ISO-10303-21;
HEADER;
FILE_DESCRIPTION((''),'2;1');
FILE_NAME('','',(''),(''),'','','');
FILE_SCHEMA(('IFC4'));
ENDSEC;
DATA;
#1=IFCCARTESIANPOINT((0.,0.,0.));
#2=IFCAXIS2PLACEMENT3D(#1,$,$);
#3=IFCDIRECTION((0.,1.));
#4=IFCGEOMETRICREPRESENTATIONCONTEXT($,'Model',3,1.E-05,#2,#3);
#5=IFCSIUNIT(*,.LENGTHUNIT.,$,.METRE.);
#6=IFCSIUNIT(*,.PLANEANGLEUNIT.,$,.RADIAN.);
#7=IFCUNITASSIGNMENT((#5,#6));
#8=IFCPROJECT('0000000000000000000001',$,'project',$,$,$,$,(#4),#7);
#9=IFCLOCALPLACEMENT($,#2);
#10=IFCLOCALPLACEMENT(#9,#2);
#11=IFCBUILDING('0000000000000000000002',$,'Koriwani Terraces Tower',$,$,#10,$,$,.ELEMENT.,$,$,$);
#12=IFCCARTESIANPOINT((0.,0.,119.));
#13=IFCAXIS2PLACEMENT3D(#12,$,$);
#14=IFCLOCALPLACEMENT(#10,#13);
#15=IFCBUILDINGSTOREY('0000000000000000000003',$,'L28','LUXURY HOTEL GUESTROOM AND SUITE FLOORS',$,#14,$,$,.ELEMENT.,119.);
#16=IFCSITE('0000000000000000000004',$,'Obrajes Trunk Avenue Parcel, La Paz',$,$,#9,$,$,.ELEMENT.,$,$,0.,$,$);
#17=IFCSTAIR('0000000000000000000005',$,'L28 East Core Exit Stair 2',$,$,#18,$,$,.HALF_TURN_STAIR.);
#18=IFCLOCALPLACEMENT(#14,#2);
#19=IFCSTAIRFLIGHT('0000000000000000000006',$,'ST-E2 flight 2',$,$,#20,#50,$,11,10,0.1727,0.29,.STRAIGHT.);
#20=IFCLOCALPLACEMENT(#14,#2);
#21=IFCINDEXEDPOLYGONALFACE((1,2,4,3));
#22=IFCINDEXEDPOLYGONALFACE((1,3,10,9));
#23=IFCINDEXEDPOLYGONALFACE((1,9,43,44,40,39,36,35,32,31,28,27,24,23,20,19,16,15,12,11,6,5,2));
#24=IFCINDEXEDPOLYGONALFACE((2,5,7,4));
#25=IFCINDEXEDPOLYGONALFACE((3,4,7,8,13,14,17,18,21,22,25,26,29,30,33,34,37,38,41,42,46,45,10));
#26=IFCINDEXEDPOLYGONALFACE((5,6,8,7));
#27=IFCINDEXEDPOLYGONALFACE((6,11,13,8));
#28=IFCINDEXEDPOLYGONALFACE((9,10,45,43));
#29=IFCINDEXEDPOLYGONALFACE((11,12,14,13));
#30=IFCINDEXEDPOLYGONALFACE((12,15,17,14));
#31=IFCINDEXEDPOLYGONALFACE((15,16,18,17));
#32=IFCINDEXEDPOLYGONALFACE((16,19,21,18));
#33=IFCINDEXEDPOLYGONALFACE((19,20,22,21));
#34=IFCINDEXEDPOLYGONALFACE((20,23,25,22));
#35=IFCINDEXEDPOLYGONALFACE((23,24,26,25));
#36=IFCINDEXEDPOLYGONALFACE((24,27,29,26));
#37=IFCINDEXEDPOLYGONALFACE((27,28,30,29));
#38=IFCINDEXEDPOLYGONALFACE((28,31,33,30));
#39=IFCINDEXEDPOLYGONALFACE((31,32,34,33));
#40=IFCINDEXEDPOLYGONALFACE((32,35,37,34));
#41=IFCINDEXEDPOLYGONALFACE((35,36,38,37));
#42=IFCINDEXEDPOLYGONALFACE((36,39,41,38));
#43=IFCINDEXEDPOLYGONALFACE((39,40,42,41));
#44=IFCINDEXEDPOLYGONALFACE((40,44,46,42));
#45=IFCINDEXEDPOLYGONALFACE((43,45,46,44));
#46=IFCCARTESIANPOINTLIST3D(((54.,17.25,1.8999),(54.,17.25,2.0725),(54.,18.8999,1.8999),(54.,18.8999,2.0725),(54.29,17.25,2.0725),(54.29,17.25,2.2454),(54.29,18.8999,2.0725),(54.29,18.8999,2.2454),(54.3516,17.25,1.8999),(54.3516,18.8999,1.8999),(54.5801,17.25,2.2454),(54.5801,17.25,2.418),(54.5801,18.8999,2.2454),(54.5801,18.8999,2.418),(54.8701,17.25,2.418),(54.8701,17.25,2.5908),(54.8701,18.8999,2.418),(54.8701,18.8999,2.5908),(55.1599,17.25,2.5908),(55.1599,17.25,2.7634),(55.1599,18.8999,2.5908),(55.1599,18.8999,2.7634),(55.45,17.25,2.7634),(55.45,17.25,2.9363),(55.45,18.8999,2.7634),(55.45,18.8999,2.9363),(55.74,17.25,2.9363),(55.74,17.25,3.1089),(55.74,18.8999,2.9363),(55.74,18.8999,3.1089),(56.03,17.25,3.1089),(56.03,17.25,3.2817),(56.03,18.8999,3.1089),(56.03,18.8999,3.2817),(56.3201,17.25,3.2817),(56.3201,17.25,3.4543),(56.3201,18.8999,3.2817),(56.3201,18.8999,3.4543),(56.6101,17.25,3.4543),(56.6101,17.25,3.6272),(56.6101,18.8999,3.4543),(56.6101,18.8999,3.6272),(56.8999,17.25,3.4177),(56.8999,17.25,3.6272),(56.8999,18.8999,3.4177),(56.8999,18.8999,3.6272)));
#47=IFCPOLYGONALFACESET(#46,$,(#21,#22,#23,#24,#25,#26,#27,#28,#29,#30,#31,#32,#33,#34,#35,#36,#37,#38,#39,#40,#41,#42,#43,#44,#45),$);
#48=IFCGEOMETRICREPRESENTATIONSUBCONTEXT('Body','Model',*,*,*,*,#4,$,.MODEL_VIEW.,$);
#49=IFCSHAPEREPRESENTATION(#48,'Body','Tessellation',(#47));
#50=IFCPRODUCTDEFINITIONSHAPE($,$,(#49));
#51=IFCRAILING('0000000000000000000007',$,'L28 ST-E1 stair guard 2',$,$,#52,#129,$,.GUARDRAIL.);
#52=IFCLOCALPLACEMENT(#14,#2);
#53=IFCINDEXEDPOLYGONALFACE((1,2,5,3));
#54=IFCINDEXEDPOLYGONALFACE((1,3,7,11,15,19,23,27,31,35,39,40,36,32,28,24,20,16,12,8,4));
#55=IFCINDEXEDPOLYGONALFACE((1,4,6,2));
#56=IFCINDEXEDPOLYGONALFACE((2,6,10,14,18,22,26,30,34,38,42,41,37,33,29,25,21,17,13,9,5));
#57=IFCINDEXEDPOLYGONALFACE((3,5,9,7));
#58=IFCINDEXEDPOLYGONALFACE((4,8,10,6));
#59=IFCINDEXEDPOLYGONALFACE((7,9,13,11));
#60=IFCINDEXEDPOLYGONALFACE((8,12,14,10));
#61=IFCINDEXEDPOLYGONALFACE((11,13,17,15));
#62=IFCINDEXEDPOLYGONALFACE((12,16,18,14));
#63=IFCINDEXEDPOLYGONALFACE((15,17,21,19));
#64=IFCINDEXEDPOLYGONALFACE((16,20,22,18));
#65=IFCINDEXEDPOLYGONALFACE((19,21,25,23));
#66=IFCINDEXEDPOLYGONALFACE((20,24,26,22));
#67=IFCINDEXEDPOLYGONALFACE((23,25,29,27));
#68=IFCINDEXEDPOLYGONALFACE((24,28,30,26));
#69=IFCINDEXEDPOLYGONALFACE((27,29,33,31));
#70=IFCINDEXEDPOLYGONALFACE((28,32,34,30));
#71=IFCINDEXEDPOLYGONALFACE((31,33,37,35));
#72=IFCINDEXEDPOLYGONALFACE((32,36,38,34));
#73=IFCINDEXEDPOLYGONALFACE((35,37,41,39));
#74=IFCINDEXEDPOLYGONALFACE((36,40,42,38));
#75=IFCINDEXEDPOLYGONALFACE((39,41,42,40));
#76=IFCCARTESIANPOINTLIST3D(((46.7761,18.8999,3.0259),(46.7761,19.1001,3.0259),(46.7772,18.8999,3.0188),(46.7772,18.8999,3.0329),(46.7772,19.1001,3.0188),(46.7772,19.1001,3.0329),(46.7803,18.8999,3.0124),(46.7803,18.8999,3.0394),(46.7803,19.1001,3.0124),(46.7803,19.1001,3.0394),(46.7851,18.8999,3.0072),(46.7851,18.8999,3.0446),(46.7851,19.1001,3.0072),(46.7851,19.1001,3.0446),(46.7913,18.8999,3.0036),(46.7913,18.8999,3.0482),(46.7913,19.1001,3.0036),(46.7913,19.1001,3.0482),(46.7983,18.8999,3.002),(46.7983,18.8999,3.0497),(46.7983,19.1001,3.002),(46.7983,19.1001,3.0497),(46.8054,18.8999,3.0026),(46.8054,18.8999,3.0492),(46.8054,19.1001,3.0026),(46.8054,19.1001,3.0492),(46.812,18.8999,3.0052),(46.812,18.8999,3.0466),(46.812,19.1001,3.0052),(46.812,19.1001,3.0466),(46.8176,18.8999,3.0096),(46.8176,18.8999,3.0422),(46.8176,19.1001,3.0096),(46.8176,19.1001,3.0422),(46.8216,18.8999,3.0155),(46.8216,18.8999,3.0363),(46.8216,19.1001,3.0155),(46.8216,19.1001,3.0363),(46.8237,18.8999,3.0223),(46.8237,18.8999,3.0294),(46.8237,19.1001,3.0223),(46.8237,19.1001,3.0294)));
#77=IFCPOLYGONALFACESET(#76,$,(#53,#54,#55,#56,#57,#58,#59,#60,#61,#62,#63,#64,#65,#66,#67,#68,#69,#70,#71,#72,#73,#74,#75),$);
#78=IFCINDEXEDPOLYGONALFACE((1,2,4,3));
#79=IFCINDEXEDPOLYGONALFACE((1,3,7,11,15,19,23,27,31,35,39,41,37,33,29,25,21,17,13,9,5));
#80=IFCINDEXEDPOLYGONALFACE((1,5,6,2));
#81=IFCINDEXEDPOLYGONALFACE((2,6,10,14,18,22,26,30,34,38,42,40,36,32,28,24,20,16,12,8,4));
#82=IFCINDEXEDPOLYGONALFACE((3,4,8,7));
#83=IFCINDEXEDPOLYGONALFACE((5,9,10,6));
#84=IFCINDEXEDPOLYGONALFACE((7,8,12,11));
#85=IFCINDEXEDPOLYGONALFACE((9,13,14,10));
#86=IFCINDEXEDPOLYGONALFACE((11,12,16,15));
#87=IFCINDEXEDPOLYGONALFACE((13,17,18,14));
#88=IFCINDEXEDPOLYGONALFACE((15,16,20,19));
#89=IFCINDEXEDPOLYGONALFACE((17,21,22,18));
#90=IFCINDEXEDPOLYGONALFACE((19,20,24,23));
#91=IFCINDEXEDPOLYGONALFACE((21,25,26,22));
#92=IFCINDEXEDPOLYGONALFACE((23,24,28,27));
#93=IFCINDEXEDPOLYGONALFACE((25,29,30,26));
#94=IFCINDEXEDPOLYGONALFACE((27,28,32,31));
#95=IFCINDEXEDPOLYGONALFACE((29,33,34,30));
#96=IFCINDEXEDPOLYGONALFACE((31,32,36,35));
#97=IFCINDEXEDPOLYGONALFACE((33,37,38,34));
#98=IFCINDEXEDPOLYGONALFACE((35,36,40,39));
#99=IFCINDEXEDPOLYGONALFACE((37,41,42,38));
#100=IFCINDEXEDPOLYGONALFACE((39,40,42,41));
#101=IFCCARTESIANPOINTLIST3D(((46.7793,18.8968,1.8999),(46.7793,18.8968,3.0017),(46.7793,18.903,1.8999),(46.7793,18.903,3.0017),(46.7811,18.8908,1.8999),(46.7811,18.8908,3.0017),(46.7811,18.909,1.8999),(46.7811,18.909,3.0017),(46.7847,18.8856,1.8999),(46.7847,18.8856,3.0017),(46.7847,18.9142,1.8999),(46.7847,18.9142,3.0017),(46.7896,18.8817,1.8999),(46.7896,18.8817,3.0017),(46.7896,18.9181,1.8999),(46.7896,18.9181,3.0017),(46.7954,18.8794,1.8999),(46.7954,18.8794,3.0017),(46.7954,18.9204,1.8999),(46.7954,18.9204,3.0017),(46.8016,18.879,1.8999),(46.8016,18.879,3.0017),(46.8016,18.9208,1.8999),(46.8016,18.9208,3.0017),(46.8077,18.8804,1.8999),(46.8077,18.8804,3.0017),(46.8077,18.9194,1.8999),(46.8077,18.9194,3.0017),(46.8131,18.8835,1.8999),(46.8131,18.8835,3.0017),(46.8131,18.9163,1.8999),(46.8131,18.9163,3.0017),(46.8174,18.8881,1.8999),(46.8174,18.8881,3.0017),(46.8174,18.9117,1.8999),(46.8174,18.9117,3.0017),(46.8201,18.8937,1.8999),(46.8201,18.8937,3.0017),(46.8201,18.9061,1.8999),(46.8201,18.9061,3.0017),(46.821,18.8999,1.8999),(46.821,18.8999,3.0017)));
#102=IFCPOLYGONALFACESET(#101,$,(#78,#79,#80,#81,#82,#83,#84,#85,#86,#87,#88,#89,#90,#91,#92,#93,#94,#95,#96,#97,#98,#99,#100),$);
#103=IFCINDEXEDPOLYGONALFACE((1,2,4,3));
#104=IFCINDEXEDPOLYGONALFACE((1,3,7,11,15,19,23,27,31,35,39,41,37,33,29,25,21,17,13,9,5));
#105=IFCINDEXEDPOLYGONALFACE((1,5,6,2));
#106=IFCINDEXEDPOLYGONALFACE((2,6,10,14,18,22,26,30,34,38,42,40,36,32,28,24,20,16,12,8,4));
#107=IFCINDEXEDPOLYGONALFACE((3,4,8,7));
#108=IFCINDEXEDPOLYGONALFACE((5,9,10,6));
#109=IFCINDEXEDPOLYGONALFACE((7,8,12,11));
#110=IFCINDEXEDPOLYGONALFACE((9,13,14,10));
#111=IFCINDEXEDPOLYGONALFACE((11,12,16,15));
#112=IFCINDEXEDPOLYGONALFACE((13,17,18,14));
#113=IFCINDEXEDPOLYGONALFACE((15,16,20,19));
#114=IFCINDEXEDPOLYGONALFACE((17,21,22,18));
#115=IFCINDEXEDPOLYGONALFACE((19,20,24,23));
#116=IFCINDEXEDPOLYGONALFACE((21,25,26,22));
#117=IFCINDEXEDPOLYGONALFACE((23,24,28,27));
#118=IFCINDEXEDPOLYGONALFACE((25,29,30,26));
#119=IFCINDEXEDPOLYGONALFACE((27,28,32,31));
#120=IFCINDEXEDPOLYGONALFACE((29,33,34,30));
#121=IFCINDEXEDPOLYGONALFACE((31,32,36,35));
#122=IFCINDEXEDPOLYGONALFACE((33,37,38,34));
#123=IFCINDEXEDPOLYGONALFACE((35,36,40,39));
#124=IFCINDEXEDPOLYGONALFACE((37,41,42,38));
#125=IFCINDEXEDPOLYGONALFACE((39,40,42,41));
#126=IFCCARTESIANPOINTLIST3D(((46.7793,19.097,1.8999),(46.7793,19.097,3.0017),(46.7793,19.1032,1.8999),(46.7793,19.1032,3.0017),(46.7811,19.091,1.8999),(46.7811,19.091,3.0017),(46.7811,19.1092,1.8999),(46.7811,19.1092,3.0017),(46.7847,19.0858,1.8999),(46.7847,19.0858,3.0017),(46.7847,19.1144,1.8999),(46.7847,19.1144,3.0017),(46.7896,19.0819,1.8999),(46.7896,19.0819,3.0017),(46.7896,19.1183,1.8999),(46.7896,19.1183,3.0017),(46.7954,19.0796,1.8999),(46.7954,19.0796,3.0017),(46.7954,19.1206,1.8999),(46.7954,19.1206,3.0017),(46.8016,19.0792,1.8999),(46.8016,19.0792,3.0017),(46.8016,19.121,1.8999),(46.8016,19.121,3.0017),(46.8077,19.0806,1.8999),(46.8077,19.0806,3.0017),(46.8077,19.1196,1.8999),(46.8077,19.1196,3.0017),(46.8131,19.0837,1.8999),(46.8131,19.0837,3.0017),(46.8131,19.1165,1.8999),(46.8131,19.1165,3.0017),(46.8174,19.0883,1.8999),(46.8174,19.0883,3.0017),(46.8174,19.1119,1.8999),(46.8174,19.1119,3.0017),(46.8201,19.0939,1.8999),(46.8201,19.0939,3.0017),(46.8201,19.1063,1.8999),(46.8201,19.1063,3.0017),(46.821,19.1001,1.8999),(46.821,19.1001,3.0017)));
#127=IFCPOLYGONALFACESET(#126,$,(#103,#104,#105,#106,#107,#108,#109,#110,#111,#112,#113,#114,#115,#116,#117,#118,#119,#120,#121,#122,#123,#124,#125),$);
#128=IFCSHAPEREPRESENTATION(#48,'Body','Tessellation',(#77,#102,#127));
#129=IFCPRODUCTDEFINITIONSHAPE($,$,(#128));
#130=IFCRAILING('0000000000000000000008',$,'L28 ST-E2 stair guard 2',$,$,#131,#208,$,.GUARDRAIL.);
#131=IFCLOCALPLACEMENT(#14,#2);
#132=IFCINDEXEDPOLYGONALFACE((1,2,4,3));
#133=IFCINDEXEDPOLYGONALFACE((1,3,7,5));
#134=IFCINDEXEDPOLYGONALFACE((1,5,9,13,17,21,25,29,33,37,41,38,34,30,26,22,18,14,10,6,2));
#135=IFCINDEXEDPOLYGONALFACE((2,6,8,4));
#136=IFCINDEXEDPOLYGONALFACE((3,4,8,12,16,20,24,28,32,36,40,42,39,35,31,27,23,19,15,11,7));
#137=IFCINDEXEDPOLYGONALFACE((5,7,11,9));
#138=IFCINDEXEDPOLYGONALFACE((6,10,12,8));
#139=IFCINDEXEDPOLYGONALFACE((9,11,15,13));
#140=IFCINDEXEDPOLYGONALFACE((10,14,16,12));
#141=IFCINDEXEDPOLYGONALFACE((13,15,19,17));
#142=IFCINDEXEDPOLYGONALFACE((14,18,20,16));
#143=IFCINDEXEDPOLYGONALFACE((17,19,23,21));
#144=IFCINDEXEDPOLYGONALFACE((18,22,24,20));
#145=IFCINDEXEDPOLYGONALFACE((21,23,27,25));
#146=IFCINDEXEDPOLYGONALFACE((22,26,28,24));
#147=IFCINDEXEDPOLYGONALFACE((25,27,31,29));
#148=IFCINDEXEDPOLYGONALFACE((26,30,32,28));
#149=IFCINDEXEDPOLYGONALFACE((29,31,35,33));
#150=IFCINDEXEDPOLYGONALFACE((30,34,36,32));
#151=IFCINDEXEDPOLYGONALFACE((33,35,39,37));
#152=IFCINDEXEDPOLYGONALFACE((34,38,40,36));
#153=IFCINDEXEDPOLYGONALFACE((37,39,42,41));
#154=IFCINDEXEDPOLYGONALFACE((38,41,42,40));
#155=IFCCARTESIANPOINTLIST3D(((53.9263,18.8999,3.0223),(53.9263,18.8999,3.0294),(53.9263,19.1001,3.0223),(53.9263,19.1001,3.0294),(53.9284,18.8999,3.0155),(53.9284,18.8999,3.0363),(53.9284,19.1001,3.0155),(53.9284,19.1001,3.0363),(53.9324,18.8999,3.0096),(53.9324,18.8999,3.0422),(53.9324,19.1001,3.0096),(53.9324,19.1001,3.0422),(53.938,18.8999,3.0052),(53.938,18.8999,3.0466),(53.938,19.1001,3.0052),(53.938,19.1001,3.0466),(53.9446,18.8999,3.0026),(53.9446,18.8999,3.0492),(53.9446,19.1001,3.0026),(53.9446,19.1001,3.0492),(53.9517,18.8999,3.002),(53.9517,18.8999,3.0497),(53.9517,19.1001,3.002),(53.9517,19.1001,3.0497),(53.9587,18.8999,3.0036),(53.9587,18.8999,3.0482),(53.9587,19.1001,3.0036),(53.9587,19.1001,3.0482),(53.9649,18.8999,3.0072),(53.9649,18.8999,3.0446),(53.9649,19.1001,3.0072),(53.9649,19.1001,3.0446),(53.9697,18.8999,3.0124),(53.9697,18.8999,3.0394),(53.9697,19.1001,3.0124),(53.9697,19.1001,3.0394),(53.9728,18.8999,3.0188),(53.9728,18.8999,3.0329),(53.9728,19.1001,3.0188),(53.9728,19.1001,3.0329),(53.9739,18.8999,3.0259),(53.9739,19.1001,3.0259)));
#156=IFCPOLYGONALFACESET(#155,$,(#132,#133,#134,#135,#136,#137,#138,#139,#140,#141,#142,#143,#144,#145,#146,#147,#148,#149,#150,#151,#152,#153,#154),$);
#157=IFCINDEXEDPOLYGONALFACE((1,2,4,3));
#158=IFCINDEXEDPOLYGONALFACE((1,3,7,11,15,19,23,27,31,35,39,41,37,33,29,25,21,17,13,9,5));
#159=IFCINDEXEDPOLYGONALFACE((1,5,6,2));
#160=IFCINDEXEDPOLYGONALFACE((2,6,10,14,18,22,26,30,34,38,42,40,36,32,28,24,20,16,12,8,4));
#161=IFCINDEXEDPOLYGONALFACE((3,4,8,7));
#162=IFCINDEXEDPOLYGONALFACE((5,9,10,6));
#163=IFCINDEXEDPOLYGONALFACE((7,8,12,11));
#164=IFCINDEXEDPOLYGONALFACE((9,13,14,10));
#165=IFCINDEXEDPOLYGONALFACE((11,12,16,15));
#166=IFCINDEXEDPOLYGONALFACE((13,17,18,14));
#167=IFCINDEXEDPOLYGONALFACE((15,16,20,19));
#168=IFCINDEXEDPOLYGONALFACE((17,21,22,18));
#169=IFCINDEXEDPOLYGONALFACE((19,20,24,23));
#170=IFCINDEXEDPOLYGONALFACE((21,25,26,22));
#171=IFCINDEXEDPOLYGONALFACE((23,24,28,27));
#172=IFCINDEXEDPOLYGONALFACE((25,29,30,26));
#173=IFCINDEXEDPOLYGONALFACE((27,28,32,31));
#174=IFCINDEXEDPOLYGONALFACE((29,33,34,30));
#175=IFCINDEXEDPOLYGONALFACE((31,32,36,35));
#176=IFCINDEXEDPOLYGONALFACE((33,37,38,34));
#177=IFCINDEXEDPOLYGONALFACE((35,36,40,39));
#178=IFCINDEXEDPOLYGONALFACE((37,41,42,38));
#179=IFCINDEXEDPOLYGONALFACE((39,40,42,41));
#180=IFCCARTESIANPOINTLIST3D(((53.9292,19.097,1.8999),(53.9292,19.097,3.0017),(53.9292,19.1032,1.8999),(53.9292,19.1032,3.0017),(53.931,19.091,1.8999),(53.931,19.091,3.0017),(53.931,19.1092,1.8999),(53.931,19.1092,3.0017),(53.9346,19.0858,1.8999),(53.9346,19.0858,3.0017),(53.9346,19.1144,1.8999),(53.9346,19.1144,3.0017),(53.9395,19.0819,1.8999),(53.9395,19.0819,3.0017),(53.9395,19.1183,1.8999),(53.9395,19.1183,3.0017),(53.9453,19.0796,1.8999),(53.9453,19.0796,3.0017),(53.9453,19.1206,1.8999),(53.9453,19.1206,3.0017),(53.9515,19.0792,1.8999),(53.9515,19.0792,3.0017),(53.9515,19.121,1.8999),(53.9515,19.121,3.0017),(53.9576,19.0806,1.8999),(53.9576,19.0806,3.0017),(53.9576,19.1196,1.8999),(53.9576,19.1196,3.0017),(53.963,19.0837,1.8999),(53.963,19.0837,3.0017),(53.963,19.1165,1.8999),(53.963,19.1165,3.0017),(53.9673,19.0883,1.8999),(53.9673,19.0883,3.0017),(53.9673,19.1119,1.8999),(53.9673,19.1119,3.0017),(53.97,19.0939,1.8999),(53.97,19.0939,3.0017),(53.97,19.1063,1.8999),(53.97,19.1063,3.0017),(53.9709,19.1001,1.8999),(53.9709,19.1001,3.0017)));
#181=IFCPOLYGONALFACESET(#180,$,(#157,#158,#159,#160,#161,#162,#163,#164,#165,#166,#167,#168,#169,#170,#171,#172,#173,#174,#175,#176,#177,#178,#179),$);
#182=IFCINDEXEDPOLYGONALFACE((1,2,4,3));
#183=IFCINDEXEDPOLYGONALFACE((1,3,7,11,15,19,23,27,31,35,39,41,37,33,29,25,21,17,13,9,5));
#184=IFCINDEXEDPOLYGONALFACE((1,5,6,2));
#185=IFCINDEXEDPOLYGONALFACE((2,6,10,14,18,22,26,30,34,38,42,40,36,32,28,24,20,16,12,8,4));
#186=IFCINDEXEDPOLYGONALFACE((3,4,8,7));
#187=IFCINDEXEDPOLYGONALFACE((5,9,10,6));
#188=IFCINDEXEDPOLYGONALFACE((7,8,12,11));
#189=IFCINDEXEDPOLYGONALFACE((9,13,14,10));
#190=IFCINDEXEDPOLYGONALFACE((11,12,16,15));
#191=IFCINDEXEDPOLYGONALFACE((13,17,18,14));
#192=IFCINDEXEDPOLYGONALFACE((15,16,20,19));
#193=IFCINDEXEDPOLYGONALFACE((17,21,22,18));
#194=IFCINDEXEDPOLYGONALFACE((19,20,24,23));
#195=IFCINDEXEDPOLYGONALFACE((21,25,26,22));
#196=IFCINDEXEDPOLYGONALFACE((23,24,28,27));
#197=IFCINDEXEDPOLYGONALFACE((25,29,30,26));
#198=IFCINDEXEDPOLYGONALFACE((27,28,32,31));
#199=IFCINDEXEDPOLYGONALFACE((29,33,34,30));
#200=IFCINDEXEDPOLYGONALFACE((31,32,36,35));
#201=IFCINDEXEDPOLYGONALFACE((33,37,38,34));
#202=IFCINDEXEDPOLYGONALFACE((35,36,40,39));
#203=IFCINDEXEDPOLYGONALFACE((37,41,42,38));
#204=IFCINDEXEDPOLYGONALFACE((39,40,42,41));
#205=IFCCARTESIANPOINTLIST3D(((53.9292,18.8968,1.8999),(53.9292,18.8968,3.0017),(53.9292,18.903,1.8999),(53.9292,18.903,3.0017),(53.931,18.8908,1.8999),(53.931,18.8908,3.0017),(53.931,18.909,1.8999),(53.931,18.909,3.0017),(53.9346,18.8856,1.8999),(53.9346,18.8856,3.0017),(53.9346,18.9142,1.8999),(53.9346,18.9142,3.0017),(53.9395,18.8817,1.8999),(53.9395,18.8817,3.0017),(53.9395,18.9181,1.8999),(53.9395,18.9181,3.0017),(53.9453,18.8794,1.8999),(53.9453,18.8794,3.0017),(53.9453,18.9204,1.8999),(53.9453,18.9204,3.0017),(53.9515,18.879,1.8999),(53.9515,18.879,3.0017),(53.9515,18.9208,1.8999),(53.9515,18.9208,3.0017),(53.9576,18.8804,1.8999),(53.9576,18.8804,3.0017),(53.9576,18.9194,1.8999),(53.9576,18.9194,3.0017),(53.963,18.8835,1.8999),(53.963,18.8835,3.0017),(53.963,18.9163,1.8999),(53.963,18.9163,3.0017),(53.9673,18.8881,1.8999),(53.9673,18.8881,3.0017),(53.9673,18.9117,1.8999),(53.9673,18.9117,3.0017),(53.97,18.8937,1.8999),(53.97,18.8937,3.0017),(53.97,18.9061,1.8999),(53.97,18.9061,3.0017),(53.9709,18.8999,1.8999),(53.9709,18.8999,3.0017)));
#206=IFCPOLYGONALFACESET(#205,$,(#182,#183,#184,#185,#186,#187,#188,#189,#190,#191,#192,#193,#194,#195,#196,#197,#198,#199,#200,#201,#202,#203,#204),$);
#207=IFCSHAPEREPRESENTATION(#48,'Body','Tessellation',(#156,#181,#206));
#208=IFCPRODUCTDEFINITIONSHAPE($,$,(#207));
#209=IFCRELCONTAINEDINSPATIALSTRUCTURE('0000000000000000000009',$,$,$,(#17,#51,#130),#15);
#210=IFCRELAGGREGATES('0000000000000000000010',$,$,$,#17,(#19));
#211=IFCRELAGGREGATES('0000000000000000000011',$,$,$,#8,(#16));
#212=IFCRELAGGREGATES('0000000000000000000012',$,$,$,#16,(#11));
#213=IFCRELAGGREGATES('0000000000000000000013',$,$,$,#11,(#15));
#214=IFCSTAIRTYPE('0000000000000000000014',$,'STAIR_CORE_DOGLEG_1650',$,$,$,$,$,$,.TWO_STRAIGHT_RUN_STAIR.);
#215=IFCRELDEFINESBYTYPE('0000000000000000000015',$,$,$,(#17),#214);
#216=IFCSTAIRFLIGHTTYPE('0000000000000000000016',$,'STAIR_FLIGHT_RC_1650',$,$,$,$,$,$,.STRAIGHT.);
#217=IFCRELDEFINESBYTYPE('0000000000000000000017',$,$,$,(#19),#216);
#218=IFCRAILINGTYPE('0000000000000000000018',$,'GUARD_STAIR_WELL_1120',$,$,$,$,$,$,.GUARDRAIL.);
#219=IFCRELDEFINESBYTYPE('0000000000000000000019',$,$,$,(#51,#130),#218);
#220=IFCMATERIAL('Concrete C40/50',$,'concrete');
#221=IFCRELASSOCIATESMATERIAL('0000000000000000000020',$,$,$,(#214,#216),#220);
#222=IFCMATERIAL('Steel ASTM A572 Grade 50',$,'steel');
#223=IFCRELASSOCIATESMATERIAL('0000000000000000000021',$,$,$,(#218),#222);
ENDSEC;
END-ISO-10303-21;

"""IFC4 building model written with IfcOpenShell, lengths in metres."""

from ifc_helpers import new_model, si_unit, direction, frame, origin, origin_2d, place, context, subcontext, project, spatial, polyline, circle, outline, extrude, material, type_object, element, aggregate, save


model = new_model("IFC4")

# Units and contexts
model_context = context("Model", 3, precision=1e-05, world=origin(), true_north=direction((0.0, 1.0)))
body_context = subcontext(model_context, "Body", "Model", "MODEL_VIEW")
ifc_project = project(units=[si_unit("LENGTHUNIT", "METRE"), si_unit("PLANEANGLEUNIT", "RADIAN")], contexts=[model_context])

# Site, building, storey
site_placement = place(None, origin())
site = spatial("IfcSite", under=ifc_project, at=site_placement, Name="Obrajes Trunk Avenue Parcel, La Paz", CompositionType="ELEMENT", RefElevation=0.0)
building_placement = place(site_placement, origin())
building = spatial("IfcBuilding", under=site, at=building_placement, Name="Koriwani Terraces Tower", CompositionType="ELEMENT")
storey_placement = place(building_placement, frame((0.0, 0.0, 119.0)))
storey = spatial("IfcBuildingStorey", under=building, at=storey_placement, Name="L28", Description="LUXURY HOTEL GUESTROOM AND SUITE FLOORS", CompositionType="ELEMENT", Elevation=119.0)

# Shared definitions
ifc_material_1 = material(Name="Concrete C40/50", Category="concrete")

# Stair, stair flight
stair_type = type_object("IfcStairType", Name="STAIR_CORE_DOGLEG_1650", PredefinedType="TWO_STRAIGHT_RUN_STAIR", material=ifc_material_1)
stair_placement = place(storey_placement, origin())
stair = element("IfcStair", 1, at=stair_placement, inside=storey, type_object=stair_type, Name="L28 East Core Exit Stair 2", PredefinedType="HALF_TURN_STAIR")
stair_flight_type = type_object("IfcStairFlightType", Name="STAIR_FLIGHT_RC_1650", PredefinedType="STRAIGHT", material=ifc_material_1)
stair_flight_placement = place(storey_placement, frame((54.0, 18.075, 1.8999), z_axis=(0.0, 0.0, 1.0), x_axis=(1.0, 0.0, 0.0)))
stair_flight = element("IfcStairFlight", 2, at=stair_flight_placement, type_object=stair_flight_type, Name="ST-E2 flight 2", NumberOfRisers=11, NumberOfTreads=10, PredefinedType="STRAIGHT", RiserHeight=0.1727, TreadLength=0.29, context=body_context, shape_type="SweptSolid", body=[
    extrude(outline(polyline([(0.0, 0.0), (0.0, 0.1726), (0.29, 0.1726), (0.29, 0.3455), (0.5801, 0.3455), (0.5801, 0.5181), (0.8701, 0.5181), (0.8701, 0.6909), (1.1599, 0.6909), (1.1599, 0.8635), (1.45, 0.8635), (1.45, 1.0364), (1.74, 1.0364), (1.74, 1.209), (2.03, 1.209), (2.03, 1.3818), (2.3201, 1.3818), (2.3201, 1.5544), (2.6101, 1.5544), (2.6101, 1.7273), (2.8999, 1.7273), (2.8999, 1.8999), (2.8999, 1.5178), (0.3516, 0.0), (0.0, 0.0)])), frame((0.0, 0.825, 0.0), z_axis=(0.0, -1.0, 0.0), x_axis=(1.0, 0.0, 0.0)), (0.0, 0.0, 1.0), 1.6499),
])
aggregate(stair, [stair_flight])

# Railings
ifc_material_2 = material(Name="Steel ASTM A572 Grade 50", Category="steel")
railing_type_1 = type_object("IfcRailingType", Name="GUARD_STAIR_WELL_1120", PredefinedType="GUARDRAIL", material=ifc_material_2)
railing_1_placement = place(storey_placement, frame((46.8, 18.8999, 1.8999)))
element("IfcRailing", 3, at=railing_1_placement, inside=storey, type_object=railing_type_1, Name="L28 ST-E1 stair guard 2", PredefinedType="GUARDRAIL", context=body_context, shape_type="SweptSolid", body=[
    extrude(circle(Radius=0.0239, at=origin_2d()), frame((0.0, 0.0, 1.126), z_axis=(0.0, 1.0, 0.0), x_axis=(-1.0, 0.0, 0.0)), (0.0, 0.0, 1.0), 0.2002),
    extrude(circle(Radius=0.021, at=origin_2d()), origin(), (0.0, 0.0, 1.0), 1.1018),
    extrude(circle(Radius=0.021, at=origin_2d()), frame((0.0, 0.2002, 0.0)), (0.0, 0.0, 1.0), 1.1018),
])
railing_2_placement = place(storey_placement, frame((53.95, 19.1001, 1.8999)))
element("IfcRailing", 4, at=railing_2_placement, inside=storey, type_object=railing_type_1, Name="L28 ST-E2 stair guard 2", PredefinedType="GUARDRAIL", context=body_context, shape_type="SweptSolid", body=[
    extrude(circle(Radius=0.0239, at=origin_2d()), frame((0.0, 0.0, 1.126), z_axis=(0.0, -1.0, 0.0), x_axis=(1.0, 0.0, 0.0)), (0.0, 0.0, 1.0), 0.2002),
    extrude(circle(Radius=0.021, at=origin_2d()), origin(), (0.0, 0.0, 1.0), 1.1018),
    extrude(circle(Radius=0.021, at=origin_2d()), frame((0.0, -0.2002, 0.0)), (0.0, 0.0, 1.0), 1.1018),
])

save(model, "model.ifc")
